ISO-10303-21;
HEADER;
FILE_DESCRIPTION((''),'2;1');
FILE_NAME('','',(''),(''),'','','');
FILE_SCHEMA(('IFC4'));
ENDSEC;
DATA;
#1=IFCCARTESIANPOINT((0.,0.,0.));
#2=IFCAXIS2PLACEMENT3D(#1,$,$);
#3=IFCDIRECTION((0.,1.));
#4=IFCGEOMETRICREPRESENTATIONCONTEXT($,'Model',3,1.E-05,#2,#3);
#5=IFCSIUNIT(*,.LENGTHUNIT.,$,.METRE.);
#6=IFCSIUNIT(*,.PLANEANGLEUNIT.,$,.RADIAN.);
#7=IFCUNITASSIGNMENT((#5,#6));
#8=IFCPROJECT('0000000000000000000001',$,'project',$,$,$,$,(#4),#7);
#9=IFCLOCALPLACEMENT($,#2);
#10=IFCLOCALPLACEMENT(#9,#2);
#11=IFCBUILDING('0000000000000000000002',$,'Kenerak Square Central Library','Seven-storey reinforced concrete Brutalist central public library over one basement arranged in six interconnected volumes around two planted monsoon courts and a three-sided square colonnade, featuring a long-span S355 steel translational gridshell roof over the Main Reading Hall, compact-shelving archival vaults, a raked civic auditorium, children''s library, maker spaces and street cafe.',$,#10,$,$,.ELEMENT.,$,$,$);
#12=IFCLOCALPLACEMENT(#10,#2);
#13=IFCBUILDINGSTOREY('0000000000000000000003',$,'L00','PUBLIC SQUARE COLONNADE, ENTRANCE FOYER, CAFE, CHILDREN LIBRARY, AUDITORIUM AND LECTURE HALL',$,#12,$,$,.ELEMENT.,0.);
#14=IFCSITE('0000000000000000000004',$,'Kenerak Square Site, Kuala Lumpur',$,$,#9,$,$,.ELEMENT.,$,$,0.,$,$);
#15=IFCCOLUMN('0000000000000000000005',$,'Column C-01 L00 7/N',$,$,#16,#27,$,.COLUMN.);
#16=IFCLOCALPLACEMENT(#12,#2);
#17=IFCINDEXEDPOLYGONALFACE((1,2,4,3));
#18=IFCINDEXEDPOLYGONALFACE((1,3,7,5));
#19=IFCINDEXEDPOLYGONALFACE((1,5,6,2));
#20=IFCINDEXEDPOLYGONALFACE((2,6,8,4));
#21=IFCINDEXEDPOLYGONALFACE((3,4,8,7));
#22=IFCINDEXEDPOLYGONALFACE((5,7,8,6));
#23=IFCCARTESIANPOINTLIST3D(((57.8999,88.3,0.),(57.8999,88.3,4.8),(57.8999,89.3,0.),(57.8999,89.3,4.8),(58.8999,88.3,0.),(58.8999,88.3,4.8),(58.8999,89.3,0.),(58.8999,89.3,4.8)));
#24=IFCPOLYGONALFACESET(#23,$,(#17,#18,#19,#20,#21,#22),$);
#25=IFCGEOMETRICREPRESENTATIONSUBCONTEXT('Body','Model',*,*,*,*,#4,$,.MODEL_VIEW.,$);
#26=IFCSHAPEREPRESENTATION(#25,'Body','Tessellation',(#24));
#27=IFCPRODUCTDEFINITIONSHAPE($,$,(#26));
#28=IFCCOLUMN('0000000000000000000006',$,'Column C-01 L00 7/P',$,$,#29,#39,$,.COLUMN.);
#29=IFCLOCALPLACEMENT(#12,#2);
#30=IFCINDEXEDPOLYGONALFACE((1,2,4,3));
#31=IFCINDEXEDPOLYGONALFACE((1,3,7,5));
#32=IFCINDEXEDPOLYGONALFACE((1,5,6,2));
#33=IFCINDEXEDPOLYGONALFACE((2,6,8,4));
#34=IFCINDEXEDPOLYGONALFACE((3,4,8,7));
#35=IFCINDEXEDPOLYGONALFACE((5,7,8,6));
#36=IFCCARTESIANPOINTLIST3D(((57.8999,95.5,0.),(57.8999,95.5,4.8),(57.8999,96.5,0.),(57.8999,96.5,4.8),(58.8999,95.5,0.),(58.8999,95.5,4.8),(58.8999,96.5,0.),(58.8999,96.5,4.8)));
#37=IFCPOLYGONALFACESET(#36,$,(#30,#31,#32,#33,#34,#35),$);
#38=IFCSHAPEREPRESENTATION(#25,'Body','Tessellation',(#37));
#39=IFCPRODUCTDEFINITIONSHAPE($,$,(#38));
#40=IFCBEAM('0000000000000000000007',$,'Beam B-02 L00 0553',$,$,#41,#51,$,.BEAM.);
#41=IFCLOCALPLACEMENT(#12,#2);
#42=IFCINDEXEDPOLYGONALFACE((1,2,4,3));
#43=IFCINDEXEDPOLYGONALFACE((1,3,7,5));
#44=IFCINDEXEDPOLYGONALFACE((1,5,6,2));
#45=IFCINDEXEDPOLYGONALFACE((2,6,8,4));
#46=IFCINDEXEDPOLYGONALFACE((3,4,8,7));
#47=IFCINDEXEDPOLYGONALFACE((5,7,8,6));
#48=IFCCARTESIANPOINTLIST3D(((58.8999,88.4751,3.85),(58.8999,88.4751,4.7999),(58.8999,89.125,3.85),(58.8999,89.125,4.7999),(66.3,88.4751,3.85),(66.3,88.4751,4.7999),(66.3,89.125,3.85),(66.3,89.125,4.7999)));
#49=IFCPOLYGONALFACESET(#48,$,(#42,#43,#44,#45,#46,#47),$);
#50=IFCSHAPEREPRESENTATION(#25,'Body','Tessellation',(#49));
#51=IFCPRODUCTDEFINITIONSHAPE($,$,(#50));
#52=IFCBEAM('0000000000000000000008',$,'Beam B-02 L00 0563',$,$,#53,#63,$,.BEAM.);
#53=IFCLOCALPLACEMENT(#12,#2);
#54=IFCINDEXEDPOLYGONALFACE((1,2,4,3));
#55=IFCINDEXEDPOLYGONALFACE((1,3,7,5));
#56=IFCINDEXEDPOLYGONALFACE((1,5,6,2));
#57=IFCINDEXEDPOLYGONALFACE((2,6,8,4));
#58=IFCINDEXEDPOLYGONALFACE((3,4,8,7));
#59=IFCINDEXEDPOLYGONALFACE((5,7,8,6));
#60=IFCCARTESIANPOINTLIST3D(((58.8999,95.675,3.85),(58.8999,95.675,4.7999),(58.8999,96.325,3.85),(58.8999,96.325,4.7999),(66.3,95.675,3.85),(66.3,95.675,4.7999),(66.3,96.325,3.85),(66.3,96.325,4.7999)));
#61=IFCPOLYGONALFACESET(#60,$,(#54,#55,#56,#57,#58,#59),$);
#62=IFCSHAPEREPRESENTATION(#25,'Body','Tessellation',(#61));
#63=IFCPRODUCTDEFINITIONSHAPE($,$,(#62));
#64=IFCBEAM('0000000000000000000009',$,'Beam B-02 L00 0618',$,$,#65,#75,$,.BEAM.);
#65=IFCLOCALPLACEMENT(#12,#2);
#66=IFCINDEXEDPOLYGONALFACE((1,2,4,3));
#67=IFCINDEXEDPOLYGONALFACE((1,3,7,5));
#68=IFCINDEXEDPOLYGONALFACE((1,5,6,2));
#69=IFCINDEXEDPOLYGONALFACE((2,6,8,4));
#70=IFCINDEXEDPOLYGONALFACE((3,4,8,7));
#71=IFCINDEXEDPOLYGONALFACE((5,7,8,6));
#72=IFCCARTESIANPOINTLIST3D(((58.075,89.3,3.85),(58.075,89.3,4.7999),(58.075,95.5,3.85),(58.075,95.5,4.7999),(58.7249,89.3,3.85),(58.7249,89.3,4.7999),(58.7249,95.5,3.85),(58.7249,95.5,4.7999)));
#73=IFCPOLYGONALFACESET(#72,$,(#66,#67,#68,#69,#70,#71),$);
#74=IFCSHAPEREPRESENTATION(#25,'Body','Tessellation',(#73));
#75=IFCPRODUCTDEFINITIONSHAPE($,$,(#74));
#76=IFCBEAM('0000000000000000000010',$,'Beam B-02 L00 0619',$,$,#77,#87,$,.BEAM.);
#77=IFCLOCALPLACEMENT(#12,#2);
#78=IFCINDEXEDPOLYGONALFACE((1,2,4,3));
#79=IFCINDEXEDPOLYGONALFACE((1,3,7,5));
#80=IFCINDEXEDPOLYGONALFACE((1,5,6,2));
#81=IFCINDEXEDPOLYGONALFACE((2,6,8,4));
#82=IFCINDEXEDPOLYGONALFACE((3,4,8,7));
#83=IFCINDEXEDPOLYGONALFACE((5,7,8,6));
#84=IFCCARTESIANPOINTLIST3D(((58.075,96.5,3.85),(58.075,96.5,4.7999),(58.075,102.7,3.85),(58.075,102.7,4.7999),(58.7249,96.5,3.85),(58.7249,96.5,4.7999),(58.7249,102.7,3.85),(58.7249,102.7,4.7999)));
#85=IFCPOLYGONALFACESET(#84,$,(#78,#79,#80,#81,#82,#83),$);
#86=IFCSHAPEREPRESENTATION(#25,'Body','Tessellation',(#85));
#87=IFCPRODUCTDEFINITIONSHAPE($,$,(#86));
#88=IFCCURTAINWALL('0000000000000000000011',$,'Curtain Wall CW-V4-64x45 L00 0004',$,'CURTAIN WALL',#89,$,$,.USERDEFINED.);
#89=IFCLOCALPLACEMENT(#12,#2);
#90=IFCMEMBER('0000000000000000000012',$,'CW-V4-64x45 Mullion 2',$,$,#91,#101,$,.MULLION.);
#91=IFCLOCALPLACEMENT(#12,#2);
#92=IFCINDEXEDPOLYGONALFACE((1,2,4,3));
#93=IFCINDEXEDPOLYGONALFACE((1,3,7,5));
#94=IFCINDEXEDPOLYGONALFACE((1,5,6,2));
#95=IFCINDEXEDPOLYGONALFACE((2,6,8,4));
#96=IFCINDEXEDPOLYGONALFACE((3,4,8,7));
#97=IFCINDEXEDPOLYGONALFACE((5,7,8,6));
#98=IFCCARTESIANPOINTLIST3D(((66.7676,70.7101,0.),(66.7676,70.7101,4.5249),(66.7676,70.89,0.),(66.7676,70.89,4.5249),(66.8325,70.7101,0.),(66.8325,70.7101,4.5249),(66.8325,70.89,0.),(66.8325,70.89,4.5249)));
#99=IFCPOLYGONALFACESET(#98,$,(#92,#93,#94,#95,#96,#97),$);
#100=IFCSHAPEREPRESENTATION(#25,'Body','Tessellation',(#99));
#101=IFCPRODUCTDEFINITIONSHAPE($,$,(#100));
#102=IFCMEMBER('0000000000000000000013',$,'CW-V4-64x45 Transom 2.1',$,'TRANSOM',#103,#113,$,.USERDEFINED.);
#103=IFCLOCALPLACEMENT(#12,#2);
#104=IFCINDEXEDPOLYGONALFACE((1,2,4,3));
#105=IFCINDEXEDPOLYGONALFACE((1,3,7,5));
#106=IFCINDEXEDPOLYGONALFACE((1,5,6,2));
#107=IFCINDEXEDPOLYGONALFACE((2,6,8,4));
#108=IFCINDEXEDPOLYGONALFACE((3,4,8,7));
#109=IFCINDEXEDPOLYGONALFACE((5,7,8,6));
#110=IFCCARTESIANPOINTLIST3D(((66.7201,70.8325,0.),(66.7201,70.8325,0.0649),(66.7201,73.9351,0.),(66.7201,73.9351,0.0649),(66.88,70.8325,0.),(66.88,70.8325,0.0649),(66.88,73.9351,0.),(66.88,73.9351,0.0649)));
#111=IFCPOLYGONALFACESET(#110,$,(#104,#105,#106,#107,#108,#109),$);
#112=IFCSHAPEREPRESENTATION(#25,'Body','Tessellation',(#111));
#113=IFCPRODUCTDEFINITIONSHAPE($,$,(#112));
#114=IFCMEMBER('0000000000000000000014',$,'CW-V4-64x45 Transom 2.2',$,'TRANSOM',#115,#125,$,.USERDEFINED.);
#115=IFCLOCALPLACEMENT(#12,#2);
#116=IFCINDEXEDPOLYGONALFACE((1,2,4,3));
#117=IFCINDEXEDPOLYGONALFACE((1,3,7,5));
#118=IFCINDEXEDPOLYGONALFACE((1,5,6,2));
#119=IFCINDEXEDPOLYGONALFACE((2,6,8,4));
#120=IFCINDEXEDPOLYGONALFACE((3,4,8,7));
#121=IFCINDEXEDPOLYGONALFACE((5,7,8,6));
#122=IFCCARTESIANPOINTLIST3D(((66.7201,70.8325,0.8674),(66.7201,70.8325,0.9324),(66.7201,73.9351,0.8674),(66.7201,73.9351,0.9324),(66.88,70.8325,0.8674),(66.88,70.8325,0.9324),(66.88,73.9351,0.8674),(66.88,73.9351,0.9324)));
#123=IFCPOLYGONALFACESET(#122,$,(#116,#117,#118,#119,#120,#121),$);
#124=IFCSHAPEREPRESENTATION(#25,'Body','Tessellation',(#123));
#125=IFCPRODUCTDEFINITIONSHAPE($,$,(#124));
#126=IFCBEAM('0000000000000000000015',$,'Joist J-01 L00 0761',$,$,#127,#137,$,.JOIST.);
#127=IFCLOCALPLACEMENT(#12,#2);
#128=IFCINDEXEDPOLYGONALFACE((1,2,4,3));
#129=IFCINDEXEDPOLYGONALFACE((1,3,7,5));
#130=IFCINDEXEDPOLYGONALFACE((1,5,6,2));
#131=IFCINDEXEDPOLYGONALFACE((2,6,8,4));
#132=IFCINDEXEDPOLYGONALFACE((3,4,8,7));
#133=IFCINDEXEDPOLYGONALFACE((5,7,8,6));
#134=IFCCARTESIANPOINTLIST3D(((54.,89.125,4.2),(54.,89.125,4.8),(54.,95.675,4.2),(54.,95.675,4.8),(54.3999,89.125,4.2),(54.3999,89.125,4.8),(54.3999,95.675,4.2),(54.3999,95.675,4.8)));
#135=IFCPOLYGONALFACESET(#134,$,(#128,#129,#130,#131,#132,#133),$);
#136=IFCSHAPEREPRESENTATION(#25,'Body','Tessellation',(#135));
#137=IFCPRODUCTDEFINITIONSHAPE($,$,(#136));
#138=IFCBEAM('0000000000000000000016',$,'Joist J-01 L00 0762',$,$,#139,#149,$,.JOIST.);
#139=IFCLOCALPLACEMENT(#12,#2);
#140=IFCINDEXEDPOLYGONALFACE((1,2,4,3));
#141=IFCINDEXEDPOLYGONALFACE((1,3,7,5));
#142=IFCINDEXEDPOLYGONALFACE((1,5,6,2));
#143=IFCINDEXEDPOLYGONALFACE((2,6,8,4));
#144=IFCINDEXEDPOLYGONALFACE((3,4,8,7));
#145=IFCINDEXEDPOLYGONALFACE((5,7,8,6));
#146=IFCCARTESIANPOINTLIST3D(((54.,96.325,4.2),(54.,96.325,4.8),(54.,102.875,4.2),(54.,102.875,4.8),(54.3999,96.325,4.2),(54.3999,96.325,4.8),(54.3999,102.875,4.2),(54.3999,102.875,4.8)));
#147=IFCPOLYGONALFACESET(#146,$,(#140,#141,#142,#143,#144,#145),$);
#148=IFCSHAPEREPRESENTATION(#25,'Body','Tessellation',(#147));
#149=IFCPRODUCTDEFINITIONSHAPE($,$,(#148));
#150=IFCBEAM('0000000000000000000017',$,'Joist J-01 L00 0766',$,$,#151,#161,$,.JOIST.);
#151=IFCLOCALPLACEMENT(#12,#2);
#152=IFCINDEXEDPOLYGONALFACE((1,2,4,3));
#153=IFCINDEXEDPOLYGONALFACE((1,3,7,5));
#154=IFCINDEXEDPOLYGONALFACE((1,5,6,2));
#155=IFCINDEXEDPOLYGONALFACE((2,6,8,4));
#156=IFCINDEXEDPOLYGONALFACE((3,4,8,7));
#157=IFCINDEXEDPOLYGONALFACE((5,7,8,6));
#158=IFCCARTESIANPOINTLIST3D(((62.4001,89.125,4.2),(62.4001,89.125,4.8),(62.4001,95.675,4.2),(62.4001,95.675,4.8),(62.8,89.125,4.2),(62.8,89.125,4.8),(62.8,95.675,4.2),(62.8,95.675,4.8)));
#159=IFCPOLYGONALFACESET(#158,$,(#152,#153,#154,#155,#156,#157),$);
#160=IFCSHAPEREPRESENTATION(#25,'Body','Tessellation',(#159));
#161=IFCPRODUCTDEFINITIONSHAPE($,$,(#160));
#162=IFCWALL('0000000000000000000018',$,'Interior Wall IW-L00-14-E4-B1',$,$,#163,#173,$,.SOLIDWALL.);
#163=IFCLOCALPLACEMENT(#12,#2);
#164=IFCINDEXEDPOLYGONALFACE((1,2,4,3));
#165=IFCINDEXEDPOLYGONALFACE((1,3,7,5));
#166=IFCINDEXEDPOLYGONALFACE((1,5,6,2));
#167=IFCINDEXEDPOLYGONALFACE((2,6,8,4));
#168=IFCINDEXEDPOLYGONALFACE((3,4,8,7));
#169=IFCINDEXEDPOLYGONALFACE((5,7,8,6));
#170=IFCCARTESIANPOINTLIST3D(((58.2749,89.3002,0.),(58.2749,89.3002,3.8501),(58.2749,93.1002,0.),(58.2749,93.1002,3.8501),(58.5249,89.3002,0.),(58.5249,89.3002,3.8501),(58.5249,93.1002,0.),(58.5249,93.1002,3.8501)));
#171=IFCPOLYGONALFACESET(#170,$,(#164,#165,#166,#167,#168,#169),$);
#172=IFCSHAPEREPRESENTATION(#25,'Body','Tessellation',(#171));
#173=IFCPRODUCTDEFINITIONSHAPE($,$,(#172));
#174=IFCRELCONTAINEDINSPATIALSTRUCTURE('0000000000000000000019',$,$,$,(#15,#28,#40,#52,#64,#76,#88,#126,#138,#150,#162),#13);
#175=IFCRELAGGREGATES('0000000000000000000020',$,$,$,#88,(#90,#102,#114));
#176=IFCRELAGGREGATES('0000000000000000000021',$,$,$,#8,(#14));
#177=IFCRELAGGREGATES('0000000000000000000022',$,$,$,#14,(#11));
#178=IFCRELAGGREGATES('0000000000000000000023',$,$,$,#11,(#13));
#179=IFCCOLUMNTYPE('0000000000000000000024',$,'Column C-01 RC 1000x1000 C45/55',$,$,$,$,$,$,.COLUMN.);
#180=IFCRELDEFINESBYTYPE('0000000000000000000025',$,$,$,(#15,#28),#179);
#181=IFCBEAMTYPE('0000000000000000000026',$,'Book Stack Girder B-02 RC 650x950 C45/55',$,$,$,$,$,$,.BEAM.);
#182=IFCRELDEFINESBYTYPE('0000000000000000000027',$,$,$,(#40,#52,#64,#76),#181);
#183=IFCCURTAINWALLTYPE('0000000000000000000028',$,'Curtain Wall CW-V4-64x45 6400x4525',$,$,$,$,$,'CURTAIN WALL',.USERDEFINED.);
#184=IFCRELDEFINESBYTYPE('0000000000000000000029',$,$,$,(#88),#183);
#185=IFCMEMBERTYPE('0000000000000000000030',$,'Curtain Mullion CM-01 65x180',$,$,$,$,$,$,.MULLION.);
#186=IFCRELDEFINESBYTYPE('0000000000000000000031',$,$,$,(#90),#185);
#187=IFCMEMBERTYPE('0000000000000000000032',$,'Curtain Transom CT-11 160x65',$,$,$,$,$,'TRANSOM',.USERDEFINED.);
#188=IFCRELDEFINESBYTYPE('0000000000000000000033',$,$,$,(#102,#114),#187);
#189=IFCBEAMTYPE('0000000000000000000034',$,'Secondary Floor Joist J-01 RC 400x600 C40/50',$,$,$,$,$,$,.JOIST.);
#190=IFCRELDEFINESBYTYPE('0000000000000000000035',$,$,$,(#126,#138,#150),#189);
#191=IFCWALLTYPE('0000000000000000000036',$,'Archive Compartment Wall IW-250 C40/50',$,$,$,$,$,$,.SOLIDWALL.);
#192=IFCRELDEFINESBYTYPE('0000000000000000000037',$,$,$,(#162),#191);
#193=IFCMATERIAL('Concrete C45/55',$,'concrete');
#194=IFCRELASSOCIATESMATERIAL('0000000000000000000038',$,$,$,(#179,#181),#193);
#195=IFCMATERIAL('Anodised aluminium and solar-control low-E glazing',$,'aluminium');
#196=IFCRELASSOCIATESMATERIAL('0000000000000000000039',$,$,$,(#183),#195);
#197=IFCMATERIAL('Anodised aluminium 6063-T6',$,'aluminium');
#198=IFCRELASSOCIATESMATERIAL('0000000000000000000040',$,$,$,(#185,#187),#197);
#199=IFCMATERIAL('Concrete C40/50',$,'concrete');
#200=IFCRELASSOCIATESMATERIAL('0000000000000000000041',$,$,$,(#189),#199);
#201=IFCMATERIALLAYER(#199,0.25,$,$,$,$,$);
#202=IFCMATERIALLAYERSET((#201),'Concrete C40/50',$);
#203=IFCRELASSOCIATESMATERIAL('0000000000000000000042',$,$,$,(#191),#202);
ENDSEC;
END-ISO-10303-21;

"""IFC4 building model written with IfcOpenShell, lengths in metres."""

from ifc_helpers import new_model, si_unit, direction, frame, frame_2d, origin, origin_2d, place, context, subcontext, project, spatial, rectangle, extrude, material, layer, layer_set, material_profile, profile_set, type_object, element, aggregate, save


model = new_model("IFC4")

# Units and contexts
model_context = context("Model", 3, precision=1e-05, world=origin(), true_north=direction((0.0, 1.0)))
body_context = subcontext(model_context, "Body", "Model", "MODEL_VIEW")
ifc_project = project(units=[si_unit("LENGTHUNIT", "METRE"), si_unit("PLANEANGLEUNIT", "RADIAN")], contexts=[model_context])

# Site, building, storey
site_placement = place(None, origin())
site = spatial("IfcSite", under=ifc_project, at=site_placement, Name="Kenerak Square Site, Kuala Lumpur", CompositionType="ELEMENT", RefElevation=0.0)
building_placement = place(site_placement, origin())
building = spatial("IfcBuilding", under=site, at=building_placement, Name="Kenerak Square Central Library", Description="Seven-storey reinforced concrete Brutalist central public library over one basement arranged in six interconnected volumes around two planted monsoon courts and a three-sided square colonnade, featuring a long-span S355 steel translational gridshell roof over the Main Reading Hall, compact-shelving archival vaults, a raked civic auditorium, children's library, maker spaces and street cafe.", CompositionType="ELEMENT")
storey_placement = place(building_placement, origin())
storey = spatial("IfcBuildingStorey", under=building, at=storey_placement, Name="L00", Description="PUBLIC SQUARE COLONNADE, ENTRANCE FOYER, CAFE, CHILDREN LIBRARY, AUDITORIUM AND LECTURE HALL", CompositionType="ELEMENT", Elevation=0.0)

# Columns
ifc_material_1 = material(Name="Concrete C45/55", Category="concrete")
ifc_material_profile_1 = material_profile(ifc_material_1, rectangle(XDim=1.0, YDim=1.0, at=origin_2d()), Name="RC 1000x1000")
ifc_profile_set_1 = profile_set([ifc_material_profile_1], Name="Concrete C45/55")
column_type = type_object("IfcColumnType", Name="Column C-01 RC 1000x1000 C45/55", PredefinedType="COLUMN", material=ifc_profile_set_1)
for number, where, z_axis, x_axis, name in (
    (1, (58.3999, 88.8, 0.0), (0.0, 0.0, 1.0), (1.0, 0.0, 0.0), "Column C-01 L00 7/N"),
    (2, (58.3999, 96.0, 0.0), (0.0, 0.0, 1.0), (1.0, 0.0, 0.0), "Column C-01 L00 7/P"),
):
    element("IfcColumn", number, at=place(storey_placement, frame(where, z_axis=z_axis, x_axis=x_axis)), inside=storey, type_object=column_type, Name=name, PredefinedType="COLUMN", context=body_context, shape_type="SweptSolid", body=[
        extrude(rectangle(XDim=1.0, YDim=1.0, at=origin_2d()), origin(), (0.0, 0.0, 1.0), 4.8),
    ])

# Beams
ifc_material_profile_2 = material_profile(ifc_material_1, rectangle(XDim=0.6499, YDim=0.95, at=origin_2d()), Name="RC 650x950")
ifc_profile_set_2 = profile_set([ifc_material_profile_2], Name="Concrete C45/55")
beam_type_1 = type_object("IfcBeamType", Name="Book Stack Girder B-02 RC 650x950 C45/55", PredefinedType="BEAM", material=ifc_profile_set_2)
for number, where, z_axis, x_axis, name in (
    (3, (58.8999, 88.8, 4.325), (1.0, 0.0, 0.0), (0.0, 1.0, 0.0), "Beam B-02 L00 0553"),
    (4, (58.8999, 96.0, 4.325), (1.0, 0.0, 0.0), (0.0, 1.0, 0.0), "Beam B-02 L00 0563"),
):
    element("IfcBeam", number, at=place(storey_placement, frame(where, z_axis=z_axis, x_axis=x_axis)), inside=storey, type_object=beam_type_1, Name=name, PredefinedType="BEAM", context=body_context, shape_type="SweptSolid", body=[
        extrude(rectangle(XDim=0.6499, YDim=0.95, at=origin_2d()), origin(), (0.0, 0.0, 1.0), 7.4001),
    ])
for number, where, z_axis, x_axis, name in (
    (5, (58.3999, 89.3, 4.325), (0.0, 1.0, 0.0), (-1.0, 0.0, 0.0), "Beam B-02 L00 0618"),
    (6, (58.3999, 96.5, 4.325), (0.0, 1.0, 0.0), (-1.0, 0.0, 0.0), "Beam B-02 L00 0619"),
):
    element("IfcBeam", number, at=place(storey_placement, frame(where, z_axis=z_axis, x_axis=x_axis)), inside=storey, type_object=beam_type_1, Name=name, PredefinedType="BEAM", context=body_context, shape_type="SweptSolid", body=[
        extrude(rectangle(XDim=0.6499, YDim=0.95, at=origin_2d()), origin(), (0.0, 0.0, 1.0), 6.2),
    ])

# Curtain wall, members
ifc_material_2 = material(Name="Anodised aluminium and solar-control low-E glazing", Category="aluminium")
curtain_wall_type = type_object("IfcCurtainWallType", Name="Curtain Wall CW-V4-64x45 6400x4525", ElementType="CURTAIN WALL", PredefinedType="USERDEFINED", material=ifc_material_2)
curtain_wall_placement = place(storey_placement, origin())
curtain_wall = element("IfcCurtainWall", 7, at=curtain_wall_placement, inside=storey, type_object=curtain_wall_type, Name="Curtain Wall CW-V4-64x45 L00 0004", ObjectType="CURTAIN WALL", PredefinedType="USERDEFINED")
ifc_material_3 = material(Name="Anodised aluminium 6063-T6", Category="aluminium")
ifc_material_profile_3 = material_profile(ifc_material_3, rectangle(XDim=0.0649, YDim=0.1799, at=origin_2d()), Name="AL MULLION 65x180")
ifc_profile_set_3 = profile_set([ifc_material_profile_3], Name="Anodised aluminium 6063-T6")
member_type_1 = type_object("IfcMemberType", Name="Curtain Mullion CM-01 65x180", PredefinedType="MULLION", material=ifc_profile_set_3)
member_1_placement = place(storey_placement, frame((66.8, 70.8, 0.0), z_axis=(0.0, 0.0, 1.0), x_axis=(-1.0, 0.0, 0.0)))
member_1 = element("IfcMember", 8, at=member_1_placement, type_object=member_type_1, Name="CW-V4-64x45 Mullion 2", PredefinedType="MULLION", context=body_context, shape_type="SweptSolid", body=[
    extrude(rectangle(XDim=0.0649, YDim=0.1799, at=origin_2d()), origin(), (0.0, 0.0, 1.0), 4.5249),
])
ifc_material_profile_4 = material_profile(ifc_material_3, rectangle(XDim=0.1599, YDim=0.0649, at=origin_2d()), Name="AL TRANSOM 160x65")
ifc_profile_set_4 = profile_set([ifc_material_profile_4], Name="Anodised aluminium 6063-T6")
member_type_2 = type_object("IfcMemberType", Name="Curtain Transom CT-11 160x65", ElementType="TRANSOM", PredefinedType="USERDEFINED", material=ifc_profile_set_4)
member_2_placement = place(storey_placement, frame((66.8, 70.8325, 0.0325), z_axis=(0.0, 1.0, 0.0), x_axis=(-1.0, 0.0, 0.0)))
member_2 = element("IfcMember", 9, at=member_2_placement, type_object=member_type_2, Name="CW-V4-64x45 Transom 2.1", ObjectType="TRANSOM", PredefinedType="USERDEFINED", context=body_context, shape_type="SweptSolid", body=[
    extrude(rectangle(XDim=0.1599, YDim=0.0649, at=origin_2d()), origin(), (0.0, 0.0, 1.0), 3.1025),
])
member_3_placement = place(storey_placement, frame((66.8, 70.8325, 0.8999), z_axis=(0.0, 1.0, 0.0), x_axis=(-1.0, 0.0, 0.0)))
member_3 = element("IfcMember", 10, at=member_3_placement, type_object=member_type_2, Name="CW-V4-64x45 Transom 2.2", ObjectType="TRANSOM", PredefinedType="USERDEFINED", context=body_context, shape_type="SweptSolid", body=[
    extrude(rectangle(XDim=0.1599, YDim=0.0649, at=origin_2d()), origin(), (0.0, 0.0, 1.0), 3.1025),
])
aggregate(curtain_wall, [member_1, member_2, member_3])

# Beams
ifc_material_4 = material(Name="Concrete C40/50", Category="concrete")
ifc_material_profile_5 = material_profile(ifc_material_4, rectangle(XDim=0.3999, YDim=0.6001, at=origin_2d()), Name="RC 400x600")
ifc_profile_set_5 = profile_set([ifc_material_profile_5], Name="Concrete C40/50")
beam_type_2 = type_object("IfcBeamType", Name="Secondary Floor Joist J-01 RC 400x600 C40/50", PredefinedType="JOIST", material=ifc_profile_set_5)
for number, where, z_axis, x_axis, name in (
    (11, (54.2, 89.125, 4.5), (0.0, 1.0, 0.0), (-1.0, 0.0, 0.0), "Joist J-01 L00 0761"),
    (12, (54.2, 96.325, 4.5), (0.0, 1.0, 0.0), (-1.0, 0.0, 0.0), "Joist J-01 L00 0762"),
    (13, (62.6001, 89.125, 4.5), (0.0, 1.0, 0.0), (-1.0, 0.0, 0.0), "Joist J-01 L00 0766"),
):
    element("IfcBeam", number, at=place(storey_placement, frame(where, z_axis=z_axis, x_axis=x_axis)), inside=storey, type_object=beam_type_2, Name=name, PredefinedType="JOIST", context=body_context, shape_type="SweptSolid", body=[
        extrude(rectangle(XDim=0.3999, YDim=0.6001, at=origin_2d()), origin(), (0.0, 0.0, 1.0), 6.55),
    ])

# Wall
ifc_layer_1 = layer(ifc_material_4, 0.25)
ifc_layer_set_1 = layer_set([ifc_layer_1], Name="Concrete C40/50")
wall_type_1 = type_object("IfcWallType", Name="Archive Compartment Wall IW-250 C40/50", PredefinedType="SOLIDWALL", material=ifc_layer_set_1)
wall_1_placement = place(storey_placement, frame((58.3999, 93.1001, 0.0), z_axis=(0.0, 0.0, 1.0), x_axis=(0.0, -1.0, 0.0)))
element("IfcWall", 14, at=wall_1_placement, inside=storey, type_object=wall_type_1, Name="Interior Wall IW-L00-14-E4-B1", PredefinedType="SOLIDWALL", context=body_context, shape_type="SweptSolid", body=[
    extrude(rectangle(XDim=3.8, YDim=0.25, at=frame_2d((1.8999, 0.0))), origin(), (0.0, 0.0, 1.0), 3.8501),
])

save(model, "model.ifc")
